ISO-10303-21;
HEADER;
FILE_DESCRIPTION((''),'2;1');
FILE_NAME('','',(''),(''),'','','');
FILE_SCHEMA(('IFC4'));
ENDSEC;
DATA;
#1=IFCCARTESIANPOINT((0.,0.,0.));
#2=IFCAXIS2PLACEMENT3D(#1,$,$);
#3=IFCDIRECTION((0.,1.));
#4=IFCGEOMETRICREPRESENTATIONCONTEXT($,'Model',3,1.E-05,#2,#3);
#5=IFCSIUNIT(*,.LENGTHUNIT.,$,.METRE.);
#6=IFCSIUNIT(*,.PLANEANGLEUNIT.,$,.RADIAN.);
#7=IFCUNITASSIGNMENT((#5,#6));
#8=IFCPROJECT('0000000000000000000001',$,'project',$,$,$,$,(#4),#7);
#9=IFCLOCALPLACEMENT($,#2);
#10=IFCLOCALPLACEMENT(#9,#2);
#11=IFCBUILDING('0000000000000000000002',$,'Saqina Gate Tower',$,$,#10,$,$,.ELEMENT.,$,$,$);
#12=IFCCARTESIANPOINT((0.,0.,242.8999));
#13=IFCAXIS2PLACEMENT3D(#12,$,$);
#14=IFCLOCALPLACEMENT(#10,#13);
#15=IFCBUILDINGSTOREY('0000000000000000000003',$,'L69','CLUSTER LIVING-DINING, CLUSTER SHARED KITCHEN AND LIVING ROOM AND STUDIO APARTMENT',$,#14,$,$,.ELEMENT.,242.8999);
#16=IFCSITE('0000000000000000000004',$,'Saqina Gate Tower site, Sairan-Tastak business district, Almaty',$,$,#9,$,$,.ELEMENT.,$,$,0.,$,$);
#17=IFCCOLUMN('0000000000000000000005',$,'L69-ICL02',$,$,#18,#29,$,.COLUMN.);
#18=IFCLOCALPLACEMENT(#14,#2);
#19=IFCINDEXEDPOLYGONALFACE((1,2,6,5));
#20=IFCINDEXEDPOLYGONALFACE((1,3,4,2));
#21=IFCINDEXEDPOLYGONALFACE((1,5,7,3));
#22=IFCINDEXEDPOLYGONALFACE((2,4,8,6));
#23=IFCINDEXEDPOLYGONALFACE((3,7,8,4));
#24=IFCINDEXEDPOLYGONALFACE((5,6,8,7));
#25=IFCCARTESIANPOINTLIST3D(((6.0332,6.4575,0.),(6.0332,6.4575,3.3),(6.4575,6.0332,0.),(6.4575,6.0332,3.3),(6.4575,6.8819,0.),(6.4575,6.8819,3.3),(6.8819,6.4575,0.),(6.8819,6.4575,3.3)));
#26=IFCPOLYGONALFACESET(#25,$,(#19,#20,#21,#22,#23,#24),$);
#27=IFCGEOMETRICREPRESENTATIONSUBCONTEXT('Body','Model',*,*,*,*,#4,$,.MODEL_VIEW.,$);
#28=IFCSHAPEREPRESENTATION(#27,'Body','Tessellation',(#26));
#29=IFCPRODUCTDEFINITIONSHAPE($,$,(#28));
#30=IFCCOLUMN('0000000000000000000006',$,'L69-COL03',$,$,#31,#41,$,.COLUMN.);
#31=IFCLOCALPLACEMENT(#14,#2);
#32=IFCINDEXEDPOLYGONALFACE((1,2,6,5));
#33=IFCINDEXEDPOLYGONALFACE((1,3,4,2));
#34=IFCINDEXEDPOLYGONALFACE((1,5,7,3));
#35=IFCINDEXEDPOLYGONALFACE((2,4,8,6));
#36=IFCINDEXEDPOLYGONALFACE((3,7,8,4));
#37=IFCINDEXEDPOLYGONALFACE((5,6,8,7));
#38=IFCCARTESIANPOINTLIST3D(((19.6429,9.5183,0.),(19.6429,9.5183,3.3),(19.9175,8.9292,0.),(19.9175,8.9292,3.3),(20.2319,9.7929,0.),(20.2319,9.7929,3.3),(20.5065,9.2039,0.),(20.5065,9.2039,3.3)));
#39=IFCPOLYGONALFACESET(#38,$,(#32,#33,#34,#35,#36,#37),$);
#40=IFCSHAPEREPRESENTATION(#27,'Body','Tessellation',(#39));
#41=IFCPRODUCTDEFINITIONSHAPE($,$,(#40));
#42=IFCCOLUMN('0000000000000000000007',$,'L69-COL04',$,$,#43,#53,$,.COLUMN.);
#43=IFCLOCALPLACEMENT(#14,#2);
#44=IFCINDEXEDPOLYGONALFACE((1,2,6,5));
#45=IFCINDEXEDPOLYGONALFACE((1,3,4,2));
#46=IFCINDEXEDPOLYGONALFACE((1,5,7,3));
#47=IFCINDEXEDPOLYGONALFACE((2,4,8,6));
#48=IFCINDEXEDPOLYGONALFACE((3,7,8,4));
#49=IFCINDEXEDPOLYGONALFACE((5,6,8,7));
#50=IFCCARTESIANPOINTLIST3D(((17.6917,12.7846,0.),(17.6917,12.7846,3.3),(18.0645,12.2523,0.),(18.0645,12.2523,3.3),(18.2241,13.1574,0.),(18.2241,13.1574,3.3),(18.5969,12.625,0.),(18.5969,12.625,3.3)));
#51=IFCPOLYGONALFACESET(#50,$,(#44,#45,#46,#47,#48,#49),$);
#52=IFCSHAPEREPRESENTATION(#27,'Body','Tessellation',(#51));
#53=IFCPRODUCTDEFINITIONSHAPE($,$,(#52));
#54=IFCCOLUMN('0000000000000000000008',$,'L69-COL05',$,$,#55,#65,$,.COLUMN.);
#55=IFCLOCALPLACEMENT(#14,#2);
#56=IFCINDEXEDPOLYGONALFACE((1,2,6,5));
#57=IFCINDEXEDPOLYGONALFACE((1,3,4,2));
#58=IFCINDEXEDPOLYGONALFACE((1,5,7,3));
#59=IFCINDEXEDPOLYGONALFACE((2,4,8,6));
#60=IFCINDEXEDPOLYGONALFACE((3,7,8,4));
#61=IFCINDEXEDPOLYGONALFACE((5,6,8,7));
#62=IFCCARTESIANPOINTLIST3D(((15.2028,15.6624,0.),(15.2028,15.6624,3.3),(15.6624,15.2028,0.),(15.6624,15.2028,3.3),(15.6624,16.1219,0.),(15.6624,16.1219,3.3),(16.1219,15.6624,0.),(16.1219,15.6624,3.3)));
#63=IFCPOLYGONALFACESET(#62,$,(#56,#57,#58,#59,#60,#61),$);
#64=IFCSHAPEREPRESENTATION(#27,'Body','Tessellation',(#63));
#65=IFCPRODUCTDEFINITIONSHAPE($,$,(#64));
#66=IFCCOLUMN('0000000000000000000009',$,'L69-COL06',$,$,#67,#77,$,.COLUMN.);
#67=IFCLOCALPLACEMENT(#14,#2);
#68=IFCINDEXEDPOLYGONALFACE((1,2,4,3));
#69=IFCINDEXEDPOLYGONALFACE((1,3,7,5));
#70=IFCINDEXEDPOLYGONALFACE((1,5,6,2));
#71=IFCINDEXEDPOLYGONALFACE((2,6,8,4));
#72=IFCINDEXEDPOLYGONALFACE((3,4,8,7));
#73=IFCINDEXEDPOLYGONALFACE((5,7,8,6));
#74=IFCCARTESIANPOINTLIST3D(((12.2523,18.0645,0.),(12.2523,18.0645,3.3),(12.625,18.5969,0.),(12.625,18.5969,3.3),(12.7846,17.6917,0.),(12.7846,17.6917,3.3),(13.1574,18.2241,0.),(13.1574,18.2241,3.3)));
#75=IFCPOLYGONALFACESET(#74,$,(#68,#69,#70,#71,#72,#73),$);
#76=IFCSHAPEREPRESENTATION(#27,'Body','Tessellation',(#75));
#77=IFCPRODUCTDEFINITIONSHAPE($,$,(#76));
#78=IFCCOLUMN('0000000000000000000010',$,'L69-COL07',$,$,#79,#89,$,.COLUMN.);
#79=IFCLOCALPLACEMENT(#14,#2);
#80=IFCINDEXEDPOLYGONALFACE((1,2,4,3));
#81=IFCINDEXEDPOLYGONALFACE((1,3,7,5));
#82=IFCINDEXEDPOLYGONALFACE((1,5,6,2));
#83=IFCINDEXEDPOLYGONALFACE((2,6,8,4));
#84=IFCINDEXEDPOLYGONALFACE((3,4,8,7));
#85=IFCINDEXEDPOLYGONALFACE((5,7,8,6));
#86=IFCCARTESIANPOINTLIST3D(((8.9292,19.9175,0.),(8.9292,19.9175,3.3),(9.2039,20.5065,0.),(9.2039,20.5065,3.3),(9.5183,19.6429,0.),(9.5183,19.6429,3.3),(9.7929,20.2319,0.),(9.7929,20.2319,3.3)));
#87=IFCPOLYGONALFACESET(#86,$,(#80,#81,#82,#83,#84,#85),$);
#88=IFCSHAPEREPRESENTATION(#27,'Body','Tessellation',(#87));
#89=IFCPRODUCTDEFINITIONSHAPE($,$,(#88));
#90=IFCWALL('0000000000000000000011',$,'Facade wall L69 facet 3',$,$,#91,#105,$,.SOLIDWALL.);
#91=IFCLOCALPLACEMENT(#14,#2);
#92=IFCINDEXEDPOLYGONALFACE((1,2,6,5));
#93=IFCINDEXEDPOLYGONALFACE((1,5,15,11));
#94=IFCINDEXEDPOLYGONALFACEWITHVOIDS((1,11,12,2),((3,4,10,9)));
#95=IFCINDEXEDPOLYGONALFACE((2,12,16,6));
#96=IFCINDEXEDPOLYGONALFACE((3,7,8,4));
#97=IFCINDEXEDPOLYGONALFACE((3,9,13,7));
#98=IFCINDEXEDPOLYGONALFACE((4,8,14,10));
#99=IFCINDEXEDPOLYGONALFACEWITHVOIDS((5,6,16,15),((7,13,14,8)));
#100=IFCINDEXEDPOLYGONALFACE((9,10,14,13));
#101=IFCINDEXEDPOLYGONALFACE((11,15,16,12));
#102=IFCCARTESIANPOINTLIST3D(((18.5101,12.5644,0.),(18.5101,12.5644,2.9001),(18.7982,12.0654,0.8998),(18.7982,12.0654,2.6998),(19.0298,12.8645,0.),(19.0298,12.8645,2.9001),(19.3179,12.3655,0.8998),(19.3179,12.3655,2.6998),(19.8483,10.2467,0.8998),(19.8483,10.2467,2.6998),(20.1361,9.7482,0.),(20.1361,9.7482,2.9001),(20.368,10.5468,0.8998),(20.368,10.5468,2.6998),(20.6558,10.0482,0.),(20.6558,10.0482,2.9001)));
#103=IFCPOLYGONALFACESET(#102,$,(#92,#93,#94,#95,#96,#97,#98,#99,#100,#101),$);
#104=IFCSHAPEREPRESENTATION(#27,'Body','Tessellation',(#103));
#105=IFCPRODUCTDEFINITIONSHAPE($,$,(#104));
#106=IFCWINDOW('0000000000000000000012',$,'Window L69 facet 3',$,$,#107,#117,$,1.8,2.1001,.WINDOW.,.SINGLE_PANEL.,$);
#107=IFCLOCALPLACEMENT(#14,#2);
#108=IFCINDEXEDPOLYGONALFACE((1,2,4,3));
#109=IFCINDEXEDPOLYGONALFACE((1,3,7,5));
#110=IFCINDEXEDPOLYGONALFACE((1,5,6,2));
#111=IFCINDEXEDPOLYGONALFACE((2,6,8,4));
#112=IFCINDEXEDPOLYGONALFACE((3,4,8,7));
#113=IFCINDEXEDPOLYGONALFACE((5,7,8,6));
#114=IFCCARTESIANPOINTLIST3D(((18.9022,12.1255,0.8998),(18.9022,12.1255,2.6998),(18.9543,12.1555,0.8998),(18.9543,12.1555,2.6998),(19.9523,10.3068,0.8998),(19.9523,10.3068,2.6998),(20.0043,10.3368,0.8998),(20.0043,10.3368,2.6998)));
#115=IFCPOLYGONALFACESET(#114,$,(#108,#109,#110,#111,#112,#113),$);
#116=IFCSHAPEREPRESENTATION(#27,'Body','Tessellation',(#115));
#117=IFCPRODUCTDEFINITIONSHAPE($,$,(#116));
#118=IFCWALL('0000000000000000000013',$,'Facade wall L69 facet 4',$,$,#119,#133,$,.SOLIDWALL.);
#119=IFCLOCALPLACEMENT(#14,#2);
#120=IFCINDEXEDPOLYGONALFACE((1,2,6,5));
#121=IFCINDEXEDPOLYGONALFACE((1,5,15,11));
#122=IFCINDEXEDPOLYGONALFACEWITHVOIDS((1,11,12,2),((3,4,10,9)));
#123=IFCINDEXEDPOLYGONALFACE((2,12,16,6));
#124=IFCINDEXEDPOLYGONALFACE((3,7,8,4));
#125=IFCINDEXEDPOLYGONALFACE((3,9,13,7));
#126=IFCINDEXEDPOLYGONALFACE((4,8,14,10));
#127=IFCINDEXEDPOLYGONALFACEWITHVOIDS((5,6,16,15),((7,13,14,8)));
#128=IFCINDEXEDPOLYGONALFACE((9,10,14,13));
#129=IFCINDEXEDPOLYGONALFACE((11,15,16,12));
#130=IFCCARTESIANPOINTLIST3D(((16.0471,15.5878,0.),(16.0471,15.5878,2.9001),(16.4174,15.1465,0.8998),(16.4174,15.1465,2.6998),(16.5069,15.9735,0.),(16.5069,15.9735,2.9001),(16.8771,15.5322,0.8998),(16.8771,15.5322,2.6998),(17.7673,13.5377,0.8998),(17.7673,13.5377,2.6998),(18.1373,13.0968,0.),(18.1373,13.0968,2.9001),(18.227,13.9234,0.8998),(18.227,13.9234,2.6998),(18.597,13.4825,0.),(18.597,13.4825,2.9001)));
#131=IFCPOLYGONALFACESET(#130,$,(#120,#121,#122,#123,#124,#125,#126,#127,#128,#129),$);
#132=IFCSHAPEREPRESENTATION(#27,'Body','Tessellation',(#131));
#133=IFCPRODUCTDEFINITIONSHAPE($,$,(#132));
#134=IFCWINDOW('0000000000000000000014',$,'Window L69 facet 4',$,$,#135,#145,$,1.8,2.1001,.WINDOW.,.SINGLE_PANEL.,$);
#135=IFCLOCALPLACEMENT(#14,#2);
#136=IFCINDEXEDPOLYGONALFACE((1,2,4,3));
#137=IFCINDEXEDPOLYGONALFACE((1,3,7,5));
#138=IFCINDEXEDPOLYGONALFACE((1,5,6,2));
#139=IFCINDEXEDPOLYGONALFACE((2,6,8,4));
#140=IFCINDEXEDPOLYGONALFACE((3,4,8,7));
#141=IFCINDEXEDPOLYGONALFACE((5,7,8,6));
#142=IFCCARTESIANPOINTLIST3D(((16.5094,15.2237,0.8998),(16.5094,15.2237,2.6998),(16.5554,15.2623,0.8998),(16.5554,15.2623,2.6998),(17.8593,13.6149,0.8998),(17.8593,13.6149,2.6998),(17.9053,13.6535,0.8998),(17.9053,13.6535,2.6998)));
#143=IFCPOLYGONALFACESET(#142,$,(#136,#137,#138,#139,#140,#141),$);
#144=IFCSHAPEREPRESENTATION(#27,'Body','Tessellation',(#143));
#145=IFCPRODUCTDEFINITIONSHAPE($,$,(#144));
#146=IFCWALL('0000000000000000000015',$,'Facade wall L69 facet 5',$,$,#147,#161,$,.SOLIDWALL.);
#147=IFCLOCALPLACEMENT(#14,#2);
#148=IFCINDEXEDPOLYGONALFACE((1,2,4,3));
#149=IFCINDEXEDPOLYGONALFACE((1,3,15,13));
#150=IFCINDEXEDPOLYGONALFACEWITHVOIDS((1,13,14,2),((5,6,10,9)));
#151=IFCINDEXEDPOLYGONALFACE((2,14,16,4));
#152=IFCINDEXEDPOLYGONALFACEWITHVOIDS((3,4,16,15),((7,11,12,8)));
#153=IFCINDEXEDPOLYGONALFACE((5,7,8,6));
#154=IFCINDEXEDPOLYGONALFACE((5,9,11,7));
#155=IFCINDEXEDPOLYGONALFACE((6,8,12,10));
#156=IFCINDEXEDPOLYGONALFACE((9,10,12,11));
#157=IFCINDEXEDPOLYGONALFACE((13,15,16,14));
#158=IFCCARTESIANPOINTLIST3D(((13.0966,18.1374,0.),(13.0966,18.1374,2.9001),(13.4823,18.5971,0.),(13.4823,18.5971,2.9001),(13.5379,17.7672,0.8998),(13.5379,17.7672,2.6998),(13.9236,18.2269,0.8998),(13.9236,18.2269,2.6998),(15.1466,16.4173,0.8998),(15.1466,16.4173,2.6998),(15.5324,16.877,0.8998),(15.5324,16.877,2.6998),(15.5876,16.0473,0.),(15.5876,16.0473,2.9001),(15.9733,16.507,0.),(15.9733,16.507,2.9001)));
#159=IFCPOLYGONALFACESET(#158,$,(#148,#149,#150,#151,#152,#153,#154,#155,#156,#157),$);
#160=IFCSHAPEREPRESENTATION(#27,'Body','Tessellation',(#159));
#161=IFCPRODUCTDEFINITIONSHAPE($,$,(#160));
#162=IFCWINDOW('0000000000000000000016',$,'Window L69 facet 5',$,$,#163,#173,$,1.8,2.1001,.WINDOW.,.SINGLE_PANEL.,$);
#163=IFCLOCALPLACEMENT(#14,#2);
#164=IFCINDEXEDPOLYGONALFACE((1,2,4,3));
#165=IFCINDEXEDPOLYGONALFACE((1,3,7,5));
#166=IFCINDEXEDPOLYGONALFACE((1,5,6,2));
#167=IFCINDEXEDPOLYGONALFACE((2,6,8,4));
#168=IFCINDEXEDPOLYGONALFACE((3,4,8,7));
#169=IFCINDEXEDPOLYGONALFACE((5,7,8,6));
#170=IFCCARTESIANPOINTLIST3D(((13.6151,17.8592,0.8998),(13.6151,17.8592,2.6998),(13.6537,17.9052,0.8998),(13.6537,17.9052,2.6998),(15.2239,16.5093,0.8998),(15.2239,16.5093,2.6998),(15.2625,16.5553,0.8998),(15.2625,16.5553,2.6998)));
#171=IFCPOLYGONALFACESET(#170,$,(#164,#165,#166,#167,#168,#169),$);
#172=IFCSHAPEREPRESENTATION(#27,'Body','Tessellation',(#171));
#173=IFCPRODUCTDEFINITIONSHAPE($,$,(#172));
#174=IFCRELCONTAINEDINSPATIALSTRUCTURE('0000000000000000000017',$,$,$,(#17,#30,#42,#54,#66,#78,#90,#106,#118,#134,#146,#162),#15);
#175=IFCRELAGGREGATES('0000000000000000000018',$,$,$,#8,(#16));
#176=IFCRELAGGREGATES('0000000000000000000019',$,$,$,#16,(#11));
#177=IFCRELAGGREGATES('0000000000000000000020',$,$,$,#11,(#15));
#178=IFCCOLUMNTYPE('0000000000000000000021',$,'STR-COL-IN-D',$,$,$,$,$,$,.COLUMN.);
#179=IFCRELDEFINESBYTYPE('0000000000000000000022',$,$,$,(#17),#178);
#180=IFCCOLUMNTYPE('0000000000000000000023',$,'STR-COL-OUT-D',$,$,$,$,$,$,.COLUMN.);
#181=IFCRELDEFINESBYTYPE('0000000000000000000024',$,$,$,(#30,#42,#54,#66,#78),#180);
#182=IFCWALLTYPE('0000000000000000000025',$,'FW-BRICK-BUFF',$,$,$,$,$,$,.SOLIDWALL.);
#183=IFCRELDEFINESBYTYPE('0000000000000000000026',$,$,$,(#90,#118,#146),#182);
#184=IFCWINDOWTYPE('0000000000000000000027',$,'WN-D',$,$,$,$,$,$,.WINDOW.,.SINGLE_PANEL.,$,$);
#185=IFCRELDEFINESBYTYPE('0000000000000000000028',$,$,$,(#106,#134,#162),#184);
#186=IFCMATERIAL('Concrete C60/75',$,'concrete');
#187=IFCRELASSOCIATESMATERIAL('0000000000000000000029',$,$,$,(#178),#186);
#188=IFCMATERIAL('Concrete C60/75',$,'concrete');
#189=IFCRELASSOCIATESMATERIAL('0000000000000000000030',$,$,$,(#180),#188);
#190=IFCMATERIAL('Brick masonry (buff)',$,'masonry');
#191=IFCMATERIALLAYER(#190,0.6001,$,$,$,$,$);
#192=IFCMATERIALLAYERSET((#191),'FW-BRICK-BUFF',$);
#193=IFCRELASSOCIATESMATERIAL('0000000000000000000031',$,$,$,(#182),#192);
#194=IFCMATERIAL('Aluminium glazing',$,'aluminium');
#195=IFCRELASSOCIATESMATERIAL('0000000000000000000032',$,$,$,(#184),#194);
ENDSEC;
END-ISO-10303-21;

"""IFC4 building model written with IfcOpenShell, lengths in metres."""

from ifc_helpers import new_model, si_unit, direction, frame, frame_2d, origin, origin_2d, place, context, subcontext, project, spatial, rectangle, extrude, material, layer, layer_set, material_profile, profile_set, type_object, element, fill, save


model = new_model("IFC4")

# Units and contexts
model_context = context("Model", 3, precision=1e-05, world=origin(), true_north=direction((0.0, 1.0)))
body_context = subcontext(model_context, "Body", "Model", "MODEL_VIEW")
ifc_project = project(units=[si_unit("LENGTHUNIT", "METRE"), si_unit("PLANEANGLEUNIT", "RADIAN")], contexts=[model_context])

# Site, building, storey
site_placement = place(None, origin())
site = spatial("IfcSite", under=ifc_project, at=site_placement, Name="Saqina Gate Tower site, Sairan-Tastak business district, Almaty", CompositionType="ELEMENT", RefElevation=0.0)
building_placement = place(site_placement, origin())
building = spatial("IfcBuilding", under=site, at=building_placement, Name="Saqina Gate Tower", CompositionType="ELEMENT")
storey_placement = place(building_placement, frame((0.0, 0.0, 242.8999)))
storey = spatial("IfcBuildingStorey", under=building, at=storey_placement, Name="L69", Description="CLUSTER LIVING-DINING, CLUSTER SHARED KITCHEN AND LIVING ROOM AND STUDIO APARTMENT", CompositionType="ELEMENT", Elevation=242.8999)

# Columns
ifc_material_1 = material(Name="Concrete C60/75", Category="concrete")
ifc_material_profile_1 = material_profile(ifc_material_1, rectangle(XDim=0.6001, YDim=0.6001, at=origin_2d()), Name="RC 600x600")
ifc_profile_set_1 = profile_set([ifc_material_profile_1], Name="Concrete C60/75")
column_type_1 = type_object("IfcColumnType", Name="STR-COL-IN-D", PredefinedType="COLUMN", material=ifc_profile_set_1)
column_placement = place(storey_placement, frame((6.4575, 6.4575, 0.0), z_axis=(0.0, 0.0, 1.0), x_axis=(0.707107, 0.707107, 0.0)))
element("IfcColumn", 1, at=column_placement, inside=storey, type_object=column_type_1, Name="L69-ICL02", PredefinedType="COLUMN", context=body_context, shape_type="SweptSolid", body=[
    extrude(rectangle(XDim=0.6001, YDim=0.6001, at=origin_2d()), origin(), (0.0, 0.0, 1.0), 3.3),
])
ifc_material_2 = material(Name="Concrete C60/75", Category="concrete")
ifc_material_profile_2 = material_profile(ifc_material_2, rectangle(XDim=0.6499, YDim=0.6499, at=origin_2d()), Name="RC 650x650")
ifc_profile_set_2 = profile_set([ifc_material_profile_2], Name="Concrete C60/75")
column_type_2 = type_object("IfcColumnType", Name="STR-COL-OUT-D", PredefinedType="COLUMN", material=ifc_profile_set_2)
for number, where, z_axis, x_axis, name in (
    (2, (20.0747, 9.3611, 0.0), (0.0, 0.0, 1.0), (0.906308, 0.422618, 0.0), "L69-COL03"),
    (3, (18.1443, 12.7048, 0.0), (0.0, 0.0, 1.0), (0.819152, 0.573576, 0.0), "L69-COL04"),
    (4, (15.6624, 15.6624, 0.0), (0.0, 0.0, 1.0), (0.707107, 0.707107, 0.0), "L69-COL05"),
    (5, (12.7048, 18.1443, 0.0), (0.0, 0.0, 1.0), (0.573576, 0.819152, 0.0), "L69-COL06"),
    (6, (9.3611, 20.0747, 0.0), (0.0, 0.0, 1.0), (0.422618, 0.906308, 0.0), "L69-COL07"),
):
    element("IfcColumn", number, at=place(storey_placement, frame(where, z_axis=z_axis, x_axis=x_axis)), inside=storey, type_object=column_type_2, Name=name, PredefinedType="COLUMN", context=body_context, shape_type="SweptSolid", body=[
        extrude(rectangle(XDim=0.6499, YDim=0.6499, at=origin_2d()), origin(), (0.0, 0.0, 1.0), 3.3),
    ])

# Walls, openings, windows
ifc_material_3 = material(Name="Brick masonry (buff)", Category="masonry")
ifc_layer_1 = layer(ifc_material_3, 0.6001)
ifc_layer_set_1 = layer_set([ifc_layer_1], Name="FW-BRICK-BUFF")
wall_type_1 = type_object("IfcWallType", Name="FW-BRICK-BUFF", PredefinedType="SOLIDWALL", material=ifc_layer_set_1)
wall_1_placement = place(storey_placement, frame((20.396, 9.8982, 0.0), z_axis=(0.0, 0.0, 1.0), x_axis=(-0.500015, 0.866017, 0.0)))
wall_1 = element("IfcWall", 7, at=wall_1_placement, inside=storey, type_object=wall_type_1, Name="Facade wall L69 facet 3", PredefinedType="SOLIDWALL", context=body_context, shape_type="SweptSolid", body=[
    extrude(rectangle(XDim=3.252, YDim=0.6001, at=frame_2d((1.626, 0.0))), origin(), (0.0, 0.0, 1.0), 2.9001),
])
opening_1_placement = place(wall_1_placement, frame((0.5757, 0.0, 0.8999)))
opening_1 = element("IfcOpeningElement", 8, at=opening_1_placement, cuts=wall_1, PredefinedType="OPENING", context=body_context, shape_type="SweptSolid", body=[
    extrude(rectangle(XDim=2.1001, YDim=1.8, at=frame_2d((1.05, 0.8999))), frame((0.0, 0.312, 0.0), z_axis=(0.0, -1.0, 0.0), x_axis=(1.0, 0.0, 0.0)), (0.0, 0.0, 1.0), 0.624),
])
ifc_material_4 = material(Name="Aluminium glazing", Category="aluminium")
window_type = type_object("IfcWindowType", Name="WN-D", PartitioningType="SINGLE_PANEL", PredefinedType="WINDOW", material=ifc_material_4)
window_1_placement = place(opening_1_placement, origin())
window_1 = element("IfcWindow", 9, at=window_1_placement, inside=storey, type_object=window_type, Name="Window L69 facet 3", OverallHeight=1.8, OverallWidth=2.1001, PartitioningType="SINGLE_PANEL", PredefinedType="WINDOW", context=body_context, shape_type="SweptSolid", body=[
    extrude(rectangle(XDim=2.1001, YDim=1.8, at=frame_2d((1.05, 0.8999))), frame((0.0, 0.1799, 0.0), z_axis=(0.0, -1.0, 0.0), x_axis=(1.0, 0.0, 0.0)), (0.0, 0.0, 1.0), 0.0601),
])
fill(opening_1, window_1)
wall_2_placement = place(storey_placement, frame((18.3672, 13.2896, 0.0), z_axis=(0.0, 0.0, 1.0), x_axis=(-0.642773, 0.766057, 0.0)))
wall_2 = element("IfcWall", 10, at=wall_2_placement, inside=storey, type_object=wall_type_1, Name="Facade wall L69 facet 4", PredefinedType="SOLIDWALL", context=body_context, shape_type="SweptSolid", body=[
    extrude(rectangle(XDim=3.2517, YDim=0.6001, at=frame_2d((1.626, 0.0))), origin(), (0.0, 0.0, 1.0), 2.9001),
])
opening_2_placement = place(wall_2_placement, frame((0.5757, 0.0, 0.8999)))
opening_2 = element("IfcOpeningElement", 11, at=opening_2_placement, cuts=wall_2, PredefinedType="OPENING", context=body_context, shape_type="SweptSolid", body=[
    extrude(rectangle(XDim=2.1001, YDim=1.8, at=frame_2d((1.05, 0.8999))), frame((0.0, 0.312, 0.0), z_axis=(0.0, -1.0, 0.0), x_axis=(1.0, 0.0, 0.0)), (0.0, 0.0, 1.0), 0.624),
])
window_2_placement = place(opening_2_placement, origin())
window_2 = element("IfcWindow", 12, at=window_2_placement, inside=storey, type_object=window_type, Name="Window L69 facet 4", OverallHeight=1.8, OverallWidth=2.1001, PartitioningType="SINGLE_PANEL", PredefinedType="WINDOW", context=body_context, shape_type="SweptSolid", body=[
    extrude(rectangle(XDim=2.1001, YDim=1.8, at=frame_2d((1.05, 0.8999))), frame((0.0, 0.1799, 0.0), z_axis=(0.0, -1.0, 0.0), x_axis=(1.0, 0.0, 0.0)), (0.0, 0.0, 1.0), 0.0601),
])
fill(opening_2, window_2)
wall_3_placement = place(storey_placement, frame((15.7805, 16.2771, 0.0), z_axis=(0.0, 0.0, 1.0), x_axis=(-0.766057, 0.642773, 0.0)))
wall_3 = element("IfcWall", 13, at=wall_3_placement, inside=storey, type_object=wall_type_1, Name="Facade wall L69 facet 5", PredefinedType="SOLIDWALL", context=body_context, shape_type="SweptSolid", body=[
    extrude(rectangle(XDim=3.2517, YDim=0.6001, at=frame_2d((1.626, 0.0))), origin(), (0.0, 0.0, 1.0), 2.9001),
])
opening_3_placement = place(wall_3_placement, frame((0.5757, 0.0, 0.8999)))
opening_3 = element("IfcOpeningElement", 14, at=opening_3_placement, cuts=wall_3, PredefinedType="OPENING", context=body_context, shape_type="SweptSolid", body=[
    extrude(rectangle(XDim=2.1001, YDim=1.8, at=frame_2d((1.05, 0.8999))), frame((0.0, 0.312, 0.0), z_axis=(0.0, -1.0, 0.0), x_axis=(1.0, 0.0, 0.0)), (0.0, 0.0, 1.0), 0.624),
])
window_3_placement = place(opening_3_placement, origin())
window_3 = element("IfcWindow", 15, at=window_3_placement, inside=storey, type_object=window_type, Name="Window L69 facet 5", OverallHeight=1.8, OverallWidth=2.1001, PartitioningType="SINGLE_PANEL", PredefinedType="WINDOW", context=body_context, shape_type="SweptSolid", body=[
    extrude(rectangle(XDim=2.1001, YDim=1.8, at=frame_2d((1.05, 0.8999))), frame((0.0, 0.1799, 0.0), z_axis=(0.0, -1.0, 0.0), x_axis=(1.0, 0.0, 0.0)), (0.0, 0.0, 1.0), 0.0601),
])
fill(opening_3, window_3)

save(model, "model.ifc")
